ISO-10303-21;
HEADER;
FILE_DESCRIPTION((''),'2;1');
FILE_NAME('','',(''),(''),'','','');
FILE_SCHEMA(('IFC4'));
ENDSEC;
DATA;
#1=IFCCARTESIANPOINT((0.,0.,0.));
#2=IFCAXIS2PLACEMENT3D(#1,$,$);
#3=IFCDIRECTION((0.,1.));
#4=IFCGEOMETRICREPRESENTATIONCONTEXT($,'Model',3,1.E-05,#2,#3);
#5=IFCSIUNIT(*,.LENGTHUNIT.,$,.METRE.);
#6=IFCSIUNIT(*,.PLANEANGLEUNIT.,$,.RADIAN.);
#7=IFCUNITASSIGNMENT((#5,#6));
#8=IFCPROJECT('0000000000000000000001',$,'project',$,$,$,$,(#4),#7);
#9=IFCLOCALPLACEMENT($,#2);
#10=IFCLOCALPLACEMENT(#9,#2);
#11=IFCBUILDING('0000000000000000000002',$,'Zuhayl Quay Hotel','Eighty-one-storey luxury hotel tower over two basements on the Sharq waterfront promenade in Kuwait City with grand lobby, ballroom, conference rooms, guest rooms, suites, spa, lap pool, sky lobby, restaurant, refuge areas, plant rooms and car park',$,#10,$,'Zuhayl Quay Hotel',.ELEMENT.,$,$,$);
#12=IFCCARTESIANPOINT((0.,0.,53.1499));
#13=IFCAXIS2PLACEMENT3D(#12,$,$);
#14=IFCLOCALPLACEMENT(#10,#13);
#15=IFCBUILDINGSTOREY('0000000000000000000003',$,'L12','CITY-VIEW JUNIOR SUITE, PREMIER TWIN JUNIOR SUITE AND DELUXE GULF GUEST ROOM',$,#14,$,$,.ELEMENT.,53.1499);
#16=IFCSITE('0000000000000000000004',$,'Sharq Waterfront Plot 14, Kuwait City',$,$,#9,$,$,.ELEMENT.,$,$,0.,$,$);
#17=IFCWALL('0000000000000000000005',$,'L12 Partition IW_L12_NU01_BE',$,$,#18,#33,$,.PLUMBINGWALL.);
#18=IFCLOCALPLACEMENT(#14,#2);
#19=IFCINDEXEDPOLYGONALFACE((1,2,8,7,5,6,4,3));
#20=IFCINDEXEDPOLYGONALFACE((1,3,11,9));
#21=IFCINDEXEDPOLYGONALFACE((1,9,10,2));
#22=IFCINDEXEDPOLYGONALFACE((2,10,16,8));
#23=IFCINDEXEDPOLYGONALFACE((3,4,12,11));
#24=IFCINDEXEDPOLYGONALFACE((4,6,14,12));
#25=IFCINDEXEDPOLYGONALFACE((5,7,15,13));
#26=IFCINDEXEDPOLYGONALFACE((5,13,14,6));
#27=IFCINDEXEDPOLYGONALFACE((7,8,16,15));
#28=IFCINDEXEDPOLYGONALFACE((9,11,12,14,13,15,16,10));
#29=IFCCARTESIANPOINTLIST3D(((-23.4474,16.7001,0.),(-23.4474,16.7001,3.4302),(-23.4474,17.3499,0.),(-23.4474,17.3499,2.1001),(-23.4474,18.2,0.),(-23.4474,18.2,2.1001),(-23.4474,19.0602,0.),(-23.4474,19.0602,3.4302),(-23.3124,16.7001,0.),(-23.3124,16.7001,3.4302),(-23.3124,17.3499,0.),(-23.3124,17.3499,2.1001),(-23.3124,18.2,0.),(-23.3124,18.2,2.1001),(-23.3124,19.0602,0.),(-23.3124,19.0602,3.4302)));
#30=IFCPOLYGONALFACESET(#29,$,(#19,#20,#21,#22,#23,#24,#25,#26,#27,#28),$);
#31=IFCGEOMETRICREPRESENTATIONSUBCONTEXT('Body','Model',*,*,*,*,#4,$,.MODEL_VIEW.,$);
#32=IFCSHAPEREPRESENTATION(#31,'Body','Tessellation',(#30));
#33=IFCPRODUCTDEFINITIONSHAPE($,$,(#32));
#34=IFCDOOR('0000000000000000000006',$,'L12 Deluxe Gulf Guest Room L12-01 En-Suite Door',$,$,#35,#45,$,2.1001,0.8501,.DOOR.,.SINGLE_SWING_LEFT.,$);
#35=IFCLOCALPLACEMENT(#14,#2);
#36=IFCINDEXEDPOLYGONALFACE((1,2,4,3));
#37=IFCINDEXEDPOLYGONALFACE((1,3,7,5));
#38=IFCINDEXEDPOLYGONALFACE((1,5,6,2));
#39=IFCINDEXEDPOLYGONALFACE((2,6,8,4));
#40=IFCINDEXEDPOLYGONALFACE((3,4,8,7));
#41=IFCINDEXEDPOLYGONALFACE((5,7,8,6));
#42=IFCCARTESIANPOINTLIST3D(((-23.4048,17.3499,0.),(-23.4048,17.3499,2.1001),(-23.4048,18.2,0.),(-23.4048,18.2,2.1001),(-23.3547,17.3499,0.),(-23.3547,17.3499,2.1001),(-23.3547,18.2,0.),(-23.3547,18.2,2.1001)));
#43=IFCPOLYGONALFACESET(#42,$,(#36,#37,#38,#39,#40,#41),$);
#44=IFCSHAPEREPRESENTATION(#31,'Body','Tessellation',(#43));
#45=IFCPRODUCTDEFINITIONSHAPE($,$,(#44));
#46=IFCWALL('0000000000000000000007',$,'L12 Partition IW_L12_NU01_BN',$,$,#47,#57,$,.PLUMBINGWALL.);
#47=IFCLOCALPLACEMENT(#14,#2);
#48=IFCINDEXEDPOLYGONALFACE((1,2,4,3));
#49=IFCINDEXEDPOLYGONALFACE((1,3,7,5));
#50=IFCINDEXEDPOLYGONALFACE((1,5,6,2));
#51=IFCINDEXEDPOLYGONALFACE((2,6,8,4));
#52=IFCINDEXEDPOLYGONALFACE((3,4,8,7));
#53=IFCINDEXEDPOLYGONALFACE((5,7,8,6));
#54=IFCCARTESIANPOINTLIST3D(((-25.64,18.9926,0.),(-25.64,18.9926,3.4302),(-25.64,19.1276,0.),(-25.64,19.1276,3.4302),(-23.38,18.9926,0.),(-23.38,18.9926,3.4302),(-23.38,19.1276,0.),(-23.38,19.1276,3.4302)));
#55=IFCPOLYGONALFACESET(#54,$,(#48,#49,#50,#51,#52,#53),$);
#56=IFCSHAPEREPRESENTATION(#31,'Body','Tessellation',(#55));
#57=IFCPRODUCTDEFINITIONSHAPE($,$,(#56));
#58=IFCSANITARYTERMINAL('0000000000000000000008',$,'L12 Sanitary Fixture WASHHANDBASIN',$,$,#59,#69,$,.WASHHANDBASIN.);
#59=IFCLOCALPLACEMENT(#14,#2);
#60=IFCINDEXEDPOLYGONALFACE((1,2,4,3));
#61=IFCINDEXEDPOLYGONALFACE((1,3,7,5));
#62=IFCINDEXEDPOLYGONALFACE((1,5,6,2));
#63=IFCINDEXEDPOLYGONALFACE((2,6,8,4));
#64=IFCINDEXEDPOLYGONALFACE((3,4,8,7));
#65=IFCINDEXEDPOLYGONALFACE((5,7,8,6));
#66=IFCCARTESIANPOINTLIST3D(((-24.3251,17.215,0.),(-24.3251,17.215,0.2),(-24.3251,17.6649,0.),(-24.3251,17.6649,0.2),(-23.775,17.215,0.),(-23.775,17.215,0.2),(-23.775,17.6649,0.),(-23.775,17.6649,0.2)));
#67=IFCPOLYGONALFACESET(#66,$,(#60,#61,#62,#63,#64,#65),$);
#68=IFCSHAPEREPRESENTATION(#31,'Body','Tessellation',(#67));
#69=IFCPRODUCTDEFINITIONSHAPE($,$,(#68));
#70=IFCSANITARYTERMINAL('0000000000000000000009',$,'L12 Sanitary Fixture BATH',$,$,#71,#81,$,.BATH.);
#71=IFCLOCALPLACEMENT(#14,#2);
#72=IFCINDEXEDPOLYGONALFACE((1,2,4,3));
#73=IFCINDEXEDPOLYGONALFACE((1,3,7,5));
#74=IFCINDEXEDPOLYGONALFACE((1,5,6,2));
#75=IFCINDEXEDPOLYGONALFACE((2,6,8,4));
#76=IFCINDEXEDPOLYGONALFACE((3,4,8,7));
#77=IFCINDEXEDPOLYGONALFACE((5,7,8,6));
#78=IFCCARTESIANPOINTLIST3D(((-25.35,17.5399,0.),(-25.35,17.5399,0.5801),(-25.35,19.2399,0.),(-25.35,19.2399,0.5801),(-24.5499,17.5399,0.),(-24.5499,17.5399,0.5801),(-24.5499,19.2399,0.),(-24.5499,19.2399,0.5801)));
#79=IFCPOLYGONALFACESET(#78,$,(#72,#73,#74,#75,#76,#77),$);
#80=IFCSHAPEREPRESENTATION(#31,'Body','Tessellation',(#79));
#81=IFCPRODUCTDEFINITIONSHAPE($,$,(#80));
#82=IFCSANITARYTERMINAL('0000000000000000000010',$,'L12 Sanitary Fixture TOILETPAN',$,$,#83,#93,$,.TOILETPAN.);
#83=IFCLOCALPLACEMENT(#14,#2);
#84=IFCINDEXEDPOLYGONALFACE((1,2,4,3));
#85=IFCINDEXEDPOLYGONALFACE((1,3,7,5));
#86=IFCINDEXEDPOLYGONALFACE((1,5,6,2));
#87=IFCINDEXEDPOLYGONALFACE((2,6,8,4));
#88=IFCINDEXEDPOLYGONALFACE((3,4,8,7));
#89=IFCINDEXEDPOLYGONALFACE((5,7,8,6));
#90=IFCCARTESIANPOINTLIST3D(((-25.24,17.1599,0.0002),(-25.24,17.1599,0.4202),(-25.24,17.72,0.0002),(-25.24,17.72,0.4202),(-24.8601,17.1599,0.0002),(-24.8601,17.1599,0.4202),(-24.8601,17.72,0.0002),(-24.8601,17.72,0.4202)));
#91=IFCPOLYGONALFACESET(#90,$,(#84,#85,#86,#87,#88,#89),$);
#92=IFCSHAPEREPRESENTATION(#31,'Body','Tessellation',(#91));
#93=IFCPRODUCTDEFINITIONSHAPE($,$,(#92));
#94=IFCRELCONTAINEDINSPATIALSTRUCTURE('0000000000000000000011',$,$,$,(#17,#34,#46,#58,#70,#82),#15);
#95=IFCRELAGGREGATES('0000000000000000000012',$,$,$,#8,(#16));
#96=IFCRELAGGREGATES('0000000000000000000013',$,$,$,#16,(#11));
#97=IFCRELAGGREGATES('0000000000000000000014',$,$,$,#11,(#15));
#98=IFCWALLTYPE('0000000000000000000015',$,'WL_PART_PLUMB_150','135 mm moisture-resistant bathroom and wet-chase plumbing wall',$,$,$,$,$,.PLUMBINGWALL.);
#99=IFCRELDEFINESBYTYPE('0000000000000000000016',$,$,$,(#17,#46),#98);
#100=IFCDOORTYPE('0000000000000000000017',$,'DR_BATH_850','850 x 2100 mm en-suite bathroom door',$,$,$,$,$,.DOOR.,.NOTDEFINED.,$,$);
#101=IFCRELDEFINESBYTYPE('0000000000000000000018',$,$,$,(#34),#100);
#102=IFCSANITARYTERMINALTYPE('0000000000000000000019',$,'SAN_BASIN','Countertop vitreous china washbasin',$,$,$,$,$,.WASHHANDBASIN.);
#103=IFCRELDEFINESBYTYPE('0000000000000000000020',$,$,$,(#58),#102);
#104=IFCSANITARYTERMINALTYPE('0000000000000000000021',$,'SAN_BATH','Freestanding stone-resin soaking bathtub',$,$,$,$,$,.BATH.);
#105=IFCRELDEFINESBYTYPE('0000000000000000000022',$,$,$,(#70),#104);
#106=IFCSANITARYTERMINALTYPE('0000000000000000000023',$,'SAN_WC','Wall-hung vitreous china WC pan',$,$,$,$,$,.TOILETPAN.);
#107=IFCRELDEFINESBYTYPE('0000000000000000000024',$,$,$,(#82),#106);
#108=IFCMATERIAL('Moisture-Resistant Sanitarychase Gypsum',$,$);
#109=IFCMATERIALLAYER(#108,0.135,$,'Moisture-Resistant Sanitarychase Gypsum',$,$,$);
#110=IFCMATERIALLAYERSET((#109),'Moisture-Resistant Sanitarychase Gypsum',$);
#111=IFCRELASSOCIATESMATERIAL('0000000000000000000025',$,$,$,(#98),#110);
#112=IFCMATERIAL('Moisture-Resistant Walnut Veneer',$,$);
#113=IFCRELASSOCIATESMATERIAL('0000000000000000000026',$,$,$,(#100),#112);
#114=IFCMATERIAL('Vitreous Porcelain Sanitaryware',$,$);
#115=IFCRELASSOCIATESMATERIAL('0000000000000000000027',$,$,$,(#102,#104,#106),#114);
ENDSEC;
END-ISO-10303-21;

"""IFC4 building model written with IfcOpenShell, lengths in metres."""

from ifc_helpers import new_model, si_unit, direction, frame, frame_2d, origin, origin_2d, place, context, subcontext, project, spatial, rectangle, extrude, material, layer, layer_set, type_object, element, fill, save


model = new_model("IFC4")

# Units and contexts
model_context = context("Model", 3, precision=1e-05, world=origin(), true_north=direction((0.0, 1.0)))
body_context = subcontext(model_context, "Body", "Model", "MODEL_VIEW")
ifc_project = project(units=[si_unit("LENGTHUNIT", "METRE"), si_unit("PLANEANGLEUNIT", "RADIAN")], contexts=[model_context])

# Site, building, storey
site_placement = place(None, origin())
site = spatial("IfcSite", under=ifc_project, at=site_placement, Name="Sharq Waterfront Plot 14, Kuwait City", CompositionType="ELEMENT", RefElevation=0.0)
building_placement = place(site_placement, origin())
building = spatial("IfcBuilding", under=site, at=building_placement, Name="Zuhayl Quay Hotel", Description="Eighty-one-storey luxury hotel tower over two basements on the Sharq waterfront promenade in Kuwait City with grand lobby, ballroom, conference rooms, guest rooms, suites, spa, lap pool, sky lobby, restaurant, refuge areas, plant rooms and car park", LongName="Zuhayl Quay Hotel", CompositionType="ELEMENT")
storey_placement = place(building_placement, frame((0.0, 0.0, 53.1499)))
storey = spatial("IfcBuildingStorey", under=building, at=storey_placement, Name="L12", Description="CITY-VIEW JUNIOR SUITE, PREMIER TWIN JUNIOR SUITE AND DELUXE GULF GUEST ROOM", CompositionType="ELEMENT", Elevation=53.1499)

# Wall, opening, door
ifc_material_1 = material(Name="Moisture-Resistant Sanitarychase Gypsum")
ifc_layer_1 = layer(ifc_material_1, 0.135, Name="Moisture-Resistant Sanitarychase Gypsum")
ifc_layer_set_1 = layer_set([ifc_layer_1], Name="Moisture-Resistant Sanitarychase Gypsum")
wall_type_1 = type_object("IfcWallType", Name="WL_PART_PLUMB_150", Description="135 mm moisture-resistant bathroom and wet-chase plumbing wall", PredefinedType="PLUMBINGWALL", material=ifc_layer_set_1)
wall_1_placement = place(storey_placement, frame((-23.3799, 16.7, 0.0), z_axis=(0.0, 0.0, 1.0), x_axis=(0.0, 1.0, 0.0)))
wall_1 = element("IfcWall", 1, at=wall_1_placement, inside=storey, type_object=wall_type_1, Name="L12 Partition IW_L12_NU01_BE", PredefinedType="PLUMBINGWALL", context=body_context, shape_type="SweptSolid", body=[
    extrude(rectangle(XDim=2.3601, YDim=0.135, at=frame_2d((1.1802, 0.0))), origin(), (0.0, 0.0, 1.0), 3.4302),
])
opening_1_placement = place(wall_1_placement, frame((0.6499, 0.0, 0.0)))
opening_1 = element("IfcOpeningElement", 2, at=opening_1_placement, cuts=wall_1, PredefinedType="OPENING", context=body_context, shape_type="SweptSolid", body=[
    extrude(rectangle(XDim=0.8501, YDim=2.1001, at=frame_2d((0.425, 1.05))), frame((0.0, 0.0774, 0.0), z_axis=(0.0, -1.0, 0.0), x_axis=(1.0, 0.0, 0.0)), (0.0, 0.0, 1.0), 0.155),
])
ifc_material_2 = material(Name="Moisture-Resistant Walnut Veneer")
door_type_1 = type_object("IfcDoorType", Name="DR_BATH_850", Description="850 x 2100 mm en-suite bathroom door", OperationType="NOTDEFINED", PredefinedType="DOOR", material=ifc_material_2)
door_1_placement = place(opening_1_placement, origin())
door_1 = element("IfcDoor", 3, at=door_1_placement, inside=storey, type_object=door_type_1, Name="L12 Deluxe Gulf Guest Room L12-01 En-Suite Door", OperationType="SINGLE_SWING_LEFT", OverallHeight=2.1001, OverallWidth=0.8501, PredefinedType="DOOR", context=body_context, shape_type="SweptSolid", body=[
    extrude(rectangle(XDim=0.8501, YDim=2.1001, at=frame_2d((0.425, 1.05))), frame((0.0, 0.0249, 0.0), z_axis=(0.0, -1.0, 0.0), x_axis=(1.0, 0.0, 0.0)), (0.0, 0.0, 1.0), 0.05),
])
fill(opening_1, door_1)

# Wall
wall_2_placement = place(storey_placement, frame((-25.6399, 19.0601, 0.0), z_axis=(0.0, 0.0, 1.0), x_axis=(1.0, 0.0, 0.0)))
element("IfcWall", 4, at=wall_2_placement, inside=storey, type_object=wall_type_1, Name="L12 Partition IW_L12_NU01_BN", PredefinedType="PLUMBINGWALL", context=body_context, shape_type="SweptSolid", body=[
    extrude(rectangle(XDim=2.26, YDim=0.135, at=frame_2d((1.1299, 0.0))), origin(), (0.0, 0.0, 1.0), 3.4302),
])

# Sanitary terminals
ifc_material_3 = material(Name="Vitreous Porcelain Sanitaryware")
sanitary_terminal_type_1 = type_object("IfcSanitaryTerminalType", Name="SAN_BASIN", Description="Countertop vitreous china washbasin", PredefinedType="WASHHANDBASIN", material=ifc_material_3)
sanitary_terminal_1_placement = place(storey_placement, frame((-24.05, 17.4399, 0.0), z_axis=(0.0, 0.0, 1.0), x_axis=(1.0, 0.0, 0.0)))
element("IfcSanitaryTerminal", 5, at=sanitary_terminal_1_placement, inside=storey, type_object=sanitary_terminal_type_1, Name="L12 Sanitary Fixture WASHHANDBASIN", PredefinedType="WASHHANDBASIN", context=body_context, shape_type="SweptSolid", body=[
    extrude(rectangle(XDim=0.55, YDim=0.45, at=origin_2d()), origin(), (0.0, 0.0, 1.0), 0.2),
])
sanitary_terminal_type_2 = type_object("IfcSanitaryTerminalType", Name="SAN_BATH", Description="Freestanding stone-resin soaking bathtub", PredefinedType="BATH", material=ifc_material_3)
sanitary_terminal_2_placement = place(storey_placement, frame((-24.95, 18.3899, 0.0), z_axis=(0.0, 0.0, 1.0), x_axis=(1.0, 0.0, 0.0)))
element("IfcSanitaryTerminal", 6, at=sanitary_terminal_2_placement, inside=storey, type_object=sanitary_terminal_type_2, Name="L12 Sanitary Fixture BATH", PredefinedType="BATH", context=body_context, shape_type="SweptSolid", body=[
    extrude(rectangle(XDim=0.8, YDim=1.7, at=origin_2d()), origin(), (0.0, 0.0, 1.0), 0.5801),
])
sanitary_terminal_type_3 = type_object("IfcSanitaryTerminalType", Name="SAN_WC", Description="Wall-hung vitreous china WC pan", PredefinedType="TOILETPAN", material=ifc_material_3)
sanitary_terminal_3_placement = place(storey_placement, frame((-25.05, 17.4399, 0.0002), z_axis=(0.0, 0.0, 1.0), x_axis=(1.0, 0.0, 0.0)))
element("IfcSanitaryTerminal", 7, at=sanitary_terminal_3_placement, inside=storey, type_object=sanitary_terminal_type_3, Name="L12 Sanitary Fixture TOILETPAN", PredefinedType="TOILETPAN", context=body_context, shape_type="SweptSolid", body=[
    extrude(rectangle(XDim=0.3799, YDim=0.5601, at=origin_2d()), origin(), (0.0, 0.0, 1.0), 0.4199),
])

save(model, "model.ifc")
